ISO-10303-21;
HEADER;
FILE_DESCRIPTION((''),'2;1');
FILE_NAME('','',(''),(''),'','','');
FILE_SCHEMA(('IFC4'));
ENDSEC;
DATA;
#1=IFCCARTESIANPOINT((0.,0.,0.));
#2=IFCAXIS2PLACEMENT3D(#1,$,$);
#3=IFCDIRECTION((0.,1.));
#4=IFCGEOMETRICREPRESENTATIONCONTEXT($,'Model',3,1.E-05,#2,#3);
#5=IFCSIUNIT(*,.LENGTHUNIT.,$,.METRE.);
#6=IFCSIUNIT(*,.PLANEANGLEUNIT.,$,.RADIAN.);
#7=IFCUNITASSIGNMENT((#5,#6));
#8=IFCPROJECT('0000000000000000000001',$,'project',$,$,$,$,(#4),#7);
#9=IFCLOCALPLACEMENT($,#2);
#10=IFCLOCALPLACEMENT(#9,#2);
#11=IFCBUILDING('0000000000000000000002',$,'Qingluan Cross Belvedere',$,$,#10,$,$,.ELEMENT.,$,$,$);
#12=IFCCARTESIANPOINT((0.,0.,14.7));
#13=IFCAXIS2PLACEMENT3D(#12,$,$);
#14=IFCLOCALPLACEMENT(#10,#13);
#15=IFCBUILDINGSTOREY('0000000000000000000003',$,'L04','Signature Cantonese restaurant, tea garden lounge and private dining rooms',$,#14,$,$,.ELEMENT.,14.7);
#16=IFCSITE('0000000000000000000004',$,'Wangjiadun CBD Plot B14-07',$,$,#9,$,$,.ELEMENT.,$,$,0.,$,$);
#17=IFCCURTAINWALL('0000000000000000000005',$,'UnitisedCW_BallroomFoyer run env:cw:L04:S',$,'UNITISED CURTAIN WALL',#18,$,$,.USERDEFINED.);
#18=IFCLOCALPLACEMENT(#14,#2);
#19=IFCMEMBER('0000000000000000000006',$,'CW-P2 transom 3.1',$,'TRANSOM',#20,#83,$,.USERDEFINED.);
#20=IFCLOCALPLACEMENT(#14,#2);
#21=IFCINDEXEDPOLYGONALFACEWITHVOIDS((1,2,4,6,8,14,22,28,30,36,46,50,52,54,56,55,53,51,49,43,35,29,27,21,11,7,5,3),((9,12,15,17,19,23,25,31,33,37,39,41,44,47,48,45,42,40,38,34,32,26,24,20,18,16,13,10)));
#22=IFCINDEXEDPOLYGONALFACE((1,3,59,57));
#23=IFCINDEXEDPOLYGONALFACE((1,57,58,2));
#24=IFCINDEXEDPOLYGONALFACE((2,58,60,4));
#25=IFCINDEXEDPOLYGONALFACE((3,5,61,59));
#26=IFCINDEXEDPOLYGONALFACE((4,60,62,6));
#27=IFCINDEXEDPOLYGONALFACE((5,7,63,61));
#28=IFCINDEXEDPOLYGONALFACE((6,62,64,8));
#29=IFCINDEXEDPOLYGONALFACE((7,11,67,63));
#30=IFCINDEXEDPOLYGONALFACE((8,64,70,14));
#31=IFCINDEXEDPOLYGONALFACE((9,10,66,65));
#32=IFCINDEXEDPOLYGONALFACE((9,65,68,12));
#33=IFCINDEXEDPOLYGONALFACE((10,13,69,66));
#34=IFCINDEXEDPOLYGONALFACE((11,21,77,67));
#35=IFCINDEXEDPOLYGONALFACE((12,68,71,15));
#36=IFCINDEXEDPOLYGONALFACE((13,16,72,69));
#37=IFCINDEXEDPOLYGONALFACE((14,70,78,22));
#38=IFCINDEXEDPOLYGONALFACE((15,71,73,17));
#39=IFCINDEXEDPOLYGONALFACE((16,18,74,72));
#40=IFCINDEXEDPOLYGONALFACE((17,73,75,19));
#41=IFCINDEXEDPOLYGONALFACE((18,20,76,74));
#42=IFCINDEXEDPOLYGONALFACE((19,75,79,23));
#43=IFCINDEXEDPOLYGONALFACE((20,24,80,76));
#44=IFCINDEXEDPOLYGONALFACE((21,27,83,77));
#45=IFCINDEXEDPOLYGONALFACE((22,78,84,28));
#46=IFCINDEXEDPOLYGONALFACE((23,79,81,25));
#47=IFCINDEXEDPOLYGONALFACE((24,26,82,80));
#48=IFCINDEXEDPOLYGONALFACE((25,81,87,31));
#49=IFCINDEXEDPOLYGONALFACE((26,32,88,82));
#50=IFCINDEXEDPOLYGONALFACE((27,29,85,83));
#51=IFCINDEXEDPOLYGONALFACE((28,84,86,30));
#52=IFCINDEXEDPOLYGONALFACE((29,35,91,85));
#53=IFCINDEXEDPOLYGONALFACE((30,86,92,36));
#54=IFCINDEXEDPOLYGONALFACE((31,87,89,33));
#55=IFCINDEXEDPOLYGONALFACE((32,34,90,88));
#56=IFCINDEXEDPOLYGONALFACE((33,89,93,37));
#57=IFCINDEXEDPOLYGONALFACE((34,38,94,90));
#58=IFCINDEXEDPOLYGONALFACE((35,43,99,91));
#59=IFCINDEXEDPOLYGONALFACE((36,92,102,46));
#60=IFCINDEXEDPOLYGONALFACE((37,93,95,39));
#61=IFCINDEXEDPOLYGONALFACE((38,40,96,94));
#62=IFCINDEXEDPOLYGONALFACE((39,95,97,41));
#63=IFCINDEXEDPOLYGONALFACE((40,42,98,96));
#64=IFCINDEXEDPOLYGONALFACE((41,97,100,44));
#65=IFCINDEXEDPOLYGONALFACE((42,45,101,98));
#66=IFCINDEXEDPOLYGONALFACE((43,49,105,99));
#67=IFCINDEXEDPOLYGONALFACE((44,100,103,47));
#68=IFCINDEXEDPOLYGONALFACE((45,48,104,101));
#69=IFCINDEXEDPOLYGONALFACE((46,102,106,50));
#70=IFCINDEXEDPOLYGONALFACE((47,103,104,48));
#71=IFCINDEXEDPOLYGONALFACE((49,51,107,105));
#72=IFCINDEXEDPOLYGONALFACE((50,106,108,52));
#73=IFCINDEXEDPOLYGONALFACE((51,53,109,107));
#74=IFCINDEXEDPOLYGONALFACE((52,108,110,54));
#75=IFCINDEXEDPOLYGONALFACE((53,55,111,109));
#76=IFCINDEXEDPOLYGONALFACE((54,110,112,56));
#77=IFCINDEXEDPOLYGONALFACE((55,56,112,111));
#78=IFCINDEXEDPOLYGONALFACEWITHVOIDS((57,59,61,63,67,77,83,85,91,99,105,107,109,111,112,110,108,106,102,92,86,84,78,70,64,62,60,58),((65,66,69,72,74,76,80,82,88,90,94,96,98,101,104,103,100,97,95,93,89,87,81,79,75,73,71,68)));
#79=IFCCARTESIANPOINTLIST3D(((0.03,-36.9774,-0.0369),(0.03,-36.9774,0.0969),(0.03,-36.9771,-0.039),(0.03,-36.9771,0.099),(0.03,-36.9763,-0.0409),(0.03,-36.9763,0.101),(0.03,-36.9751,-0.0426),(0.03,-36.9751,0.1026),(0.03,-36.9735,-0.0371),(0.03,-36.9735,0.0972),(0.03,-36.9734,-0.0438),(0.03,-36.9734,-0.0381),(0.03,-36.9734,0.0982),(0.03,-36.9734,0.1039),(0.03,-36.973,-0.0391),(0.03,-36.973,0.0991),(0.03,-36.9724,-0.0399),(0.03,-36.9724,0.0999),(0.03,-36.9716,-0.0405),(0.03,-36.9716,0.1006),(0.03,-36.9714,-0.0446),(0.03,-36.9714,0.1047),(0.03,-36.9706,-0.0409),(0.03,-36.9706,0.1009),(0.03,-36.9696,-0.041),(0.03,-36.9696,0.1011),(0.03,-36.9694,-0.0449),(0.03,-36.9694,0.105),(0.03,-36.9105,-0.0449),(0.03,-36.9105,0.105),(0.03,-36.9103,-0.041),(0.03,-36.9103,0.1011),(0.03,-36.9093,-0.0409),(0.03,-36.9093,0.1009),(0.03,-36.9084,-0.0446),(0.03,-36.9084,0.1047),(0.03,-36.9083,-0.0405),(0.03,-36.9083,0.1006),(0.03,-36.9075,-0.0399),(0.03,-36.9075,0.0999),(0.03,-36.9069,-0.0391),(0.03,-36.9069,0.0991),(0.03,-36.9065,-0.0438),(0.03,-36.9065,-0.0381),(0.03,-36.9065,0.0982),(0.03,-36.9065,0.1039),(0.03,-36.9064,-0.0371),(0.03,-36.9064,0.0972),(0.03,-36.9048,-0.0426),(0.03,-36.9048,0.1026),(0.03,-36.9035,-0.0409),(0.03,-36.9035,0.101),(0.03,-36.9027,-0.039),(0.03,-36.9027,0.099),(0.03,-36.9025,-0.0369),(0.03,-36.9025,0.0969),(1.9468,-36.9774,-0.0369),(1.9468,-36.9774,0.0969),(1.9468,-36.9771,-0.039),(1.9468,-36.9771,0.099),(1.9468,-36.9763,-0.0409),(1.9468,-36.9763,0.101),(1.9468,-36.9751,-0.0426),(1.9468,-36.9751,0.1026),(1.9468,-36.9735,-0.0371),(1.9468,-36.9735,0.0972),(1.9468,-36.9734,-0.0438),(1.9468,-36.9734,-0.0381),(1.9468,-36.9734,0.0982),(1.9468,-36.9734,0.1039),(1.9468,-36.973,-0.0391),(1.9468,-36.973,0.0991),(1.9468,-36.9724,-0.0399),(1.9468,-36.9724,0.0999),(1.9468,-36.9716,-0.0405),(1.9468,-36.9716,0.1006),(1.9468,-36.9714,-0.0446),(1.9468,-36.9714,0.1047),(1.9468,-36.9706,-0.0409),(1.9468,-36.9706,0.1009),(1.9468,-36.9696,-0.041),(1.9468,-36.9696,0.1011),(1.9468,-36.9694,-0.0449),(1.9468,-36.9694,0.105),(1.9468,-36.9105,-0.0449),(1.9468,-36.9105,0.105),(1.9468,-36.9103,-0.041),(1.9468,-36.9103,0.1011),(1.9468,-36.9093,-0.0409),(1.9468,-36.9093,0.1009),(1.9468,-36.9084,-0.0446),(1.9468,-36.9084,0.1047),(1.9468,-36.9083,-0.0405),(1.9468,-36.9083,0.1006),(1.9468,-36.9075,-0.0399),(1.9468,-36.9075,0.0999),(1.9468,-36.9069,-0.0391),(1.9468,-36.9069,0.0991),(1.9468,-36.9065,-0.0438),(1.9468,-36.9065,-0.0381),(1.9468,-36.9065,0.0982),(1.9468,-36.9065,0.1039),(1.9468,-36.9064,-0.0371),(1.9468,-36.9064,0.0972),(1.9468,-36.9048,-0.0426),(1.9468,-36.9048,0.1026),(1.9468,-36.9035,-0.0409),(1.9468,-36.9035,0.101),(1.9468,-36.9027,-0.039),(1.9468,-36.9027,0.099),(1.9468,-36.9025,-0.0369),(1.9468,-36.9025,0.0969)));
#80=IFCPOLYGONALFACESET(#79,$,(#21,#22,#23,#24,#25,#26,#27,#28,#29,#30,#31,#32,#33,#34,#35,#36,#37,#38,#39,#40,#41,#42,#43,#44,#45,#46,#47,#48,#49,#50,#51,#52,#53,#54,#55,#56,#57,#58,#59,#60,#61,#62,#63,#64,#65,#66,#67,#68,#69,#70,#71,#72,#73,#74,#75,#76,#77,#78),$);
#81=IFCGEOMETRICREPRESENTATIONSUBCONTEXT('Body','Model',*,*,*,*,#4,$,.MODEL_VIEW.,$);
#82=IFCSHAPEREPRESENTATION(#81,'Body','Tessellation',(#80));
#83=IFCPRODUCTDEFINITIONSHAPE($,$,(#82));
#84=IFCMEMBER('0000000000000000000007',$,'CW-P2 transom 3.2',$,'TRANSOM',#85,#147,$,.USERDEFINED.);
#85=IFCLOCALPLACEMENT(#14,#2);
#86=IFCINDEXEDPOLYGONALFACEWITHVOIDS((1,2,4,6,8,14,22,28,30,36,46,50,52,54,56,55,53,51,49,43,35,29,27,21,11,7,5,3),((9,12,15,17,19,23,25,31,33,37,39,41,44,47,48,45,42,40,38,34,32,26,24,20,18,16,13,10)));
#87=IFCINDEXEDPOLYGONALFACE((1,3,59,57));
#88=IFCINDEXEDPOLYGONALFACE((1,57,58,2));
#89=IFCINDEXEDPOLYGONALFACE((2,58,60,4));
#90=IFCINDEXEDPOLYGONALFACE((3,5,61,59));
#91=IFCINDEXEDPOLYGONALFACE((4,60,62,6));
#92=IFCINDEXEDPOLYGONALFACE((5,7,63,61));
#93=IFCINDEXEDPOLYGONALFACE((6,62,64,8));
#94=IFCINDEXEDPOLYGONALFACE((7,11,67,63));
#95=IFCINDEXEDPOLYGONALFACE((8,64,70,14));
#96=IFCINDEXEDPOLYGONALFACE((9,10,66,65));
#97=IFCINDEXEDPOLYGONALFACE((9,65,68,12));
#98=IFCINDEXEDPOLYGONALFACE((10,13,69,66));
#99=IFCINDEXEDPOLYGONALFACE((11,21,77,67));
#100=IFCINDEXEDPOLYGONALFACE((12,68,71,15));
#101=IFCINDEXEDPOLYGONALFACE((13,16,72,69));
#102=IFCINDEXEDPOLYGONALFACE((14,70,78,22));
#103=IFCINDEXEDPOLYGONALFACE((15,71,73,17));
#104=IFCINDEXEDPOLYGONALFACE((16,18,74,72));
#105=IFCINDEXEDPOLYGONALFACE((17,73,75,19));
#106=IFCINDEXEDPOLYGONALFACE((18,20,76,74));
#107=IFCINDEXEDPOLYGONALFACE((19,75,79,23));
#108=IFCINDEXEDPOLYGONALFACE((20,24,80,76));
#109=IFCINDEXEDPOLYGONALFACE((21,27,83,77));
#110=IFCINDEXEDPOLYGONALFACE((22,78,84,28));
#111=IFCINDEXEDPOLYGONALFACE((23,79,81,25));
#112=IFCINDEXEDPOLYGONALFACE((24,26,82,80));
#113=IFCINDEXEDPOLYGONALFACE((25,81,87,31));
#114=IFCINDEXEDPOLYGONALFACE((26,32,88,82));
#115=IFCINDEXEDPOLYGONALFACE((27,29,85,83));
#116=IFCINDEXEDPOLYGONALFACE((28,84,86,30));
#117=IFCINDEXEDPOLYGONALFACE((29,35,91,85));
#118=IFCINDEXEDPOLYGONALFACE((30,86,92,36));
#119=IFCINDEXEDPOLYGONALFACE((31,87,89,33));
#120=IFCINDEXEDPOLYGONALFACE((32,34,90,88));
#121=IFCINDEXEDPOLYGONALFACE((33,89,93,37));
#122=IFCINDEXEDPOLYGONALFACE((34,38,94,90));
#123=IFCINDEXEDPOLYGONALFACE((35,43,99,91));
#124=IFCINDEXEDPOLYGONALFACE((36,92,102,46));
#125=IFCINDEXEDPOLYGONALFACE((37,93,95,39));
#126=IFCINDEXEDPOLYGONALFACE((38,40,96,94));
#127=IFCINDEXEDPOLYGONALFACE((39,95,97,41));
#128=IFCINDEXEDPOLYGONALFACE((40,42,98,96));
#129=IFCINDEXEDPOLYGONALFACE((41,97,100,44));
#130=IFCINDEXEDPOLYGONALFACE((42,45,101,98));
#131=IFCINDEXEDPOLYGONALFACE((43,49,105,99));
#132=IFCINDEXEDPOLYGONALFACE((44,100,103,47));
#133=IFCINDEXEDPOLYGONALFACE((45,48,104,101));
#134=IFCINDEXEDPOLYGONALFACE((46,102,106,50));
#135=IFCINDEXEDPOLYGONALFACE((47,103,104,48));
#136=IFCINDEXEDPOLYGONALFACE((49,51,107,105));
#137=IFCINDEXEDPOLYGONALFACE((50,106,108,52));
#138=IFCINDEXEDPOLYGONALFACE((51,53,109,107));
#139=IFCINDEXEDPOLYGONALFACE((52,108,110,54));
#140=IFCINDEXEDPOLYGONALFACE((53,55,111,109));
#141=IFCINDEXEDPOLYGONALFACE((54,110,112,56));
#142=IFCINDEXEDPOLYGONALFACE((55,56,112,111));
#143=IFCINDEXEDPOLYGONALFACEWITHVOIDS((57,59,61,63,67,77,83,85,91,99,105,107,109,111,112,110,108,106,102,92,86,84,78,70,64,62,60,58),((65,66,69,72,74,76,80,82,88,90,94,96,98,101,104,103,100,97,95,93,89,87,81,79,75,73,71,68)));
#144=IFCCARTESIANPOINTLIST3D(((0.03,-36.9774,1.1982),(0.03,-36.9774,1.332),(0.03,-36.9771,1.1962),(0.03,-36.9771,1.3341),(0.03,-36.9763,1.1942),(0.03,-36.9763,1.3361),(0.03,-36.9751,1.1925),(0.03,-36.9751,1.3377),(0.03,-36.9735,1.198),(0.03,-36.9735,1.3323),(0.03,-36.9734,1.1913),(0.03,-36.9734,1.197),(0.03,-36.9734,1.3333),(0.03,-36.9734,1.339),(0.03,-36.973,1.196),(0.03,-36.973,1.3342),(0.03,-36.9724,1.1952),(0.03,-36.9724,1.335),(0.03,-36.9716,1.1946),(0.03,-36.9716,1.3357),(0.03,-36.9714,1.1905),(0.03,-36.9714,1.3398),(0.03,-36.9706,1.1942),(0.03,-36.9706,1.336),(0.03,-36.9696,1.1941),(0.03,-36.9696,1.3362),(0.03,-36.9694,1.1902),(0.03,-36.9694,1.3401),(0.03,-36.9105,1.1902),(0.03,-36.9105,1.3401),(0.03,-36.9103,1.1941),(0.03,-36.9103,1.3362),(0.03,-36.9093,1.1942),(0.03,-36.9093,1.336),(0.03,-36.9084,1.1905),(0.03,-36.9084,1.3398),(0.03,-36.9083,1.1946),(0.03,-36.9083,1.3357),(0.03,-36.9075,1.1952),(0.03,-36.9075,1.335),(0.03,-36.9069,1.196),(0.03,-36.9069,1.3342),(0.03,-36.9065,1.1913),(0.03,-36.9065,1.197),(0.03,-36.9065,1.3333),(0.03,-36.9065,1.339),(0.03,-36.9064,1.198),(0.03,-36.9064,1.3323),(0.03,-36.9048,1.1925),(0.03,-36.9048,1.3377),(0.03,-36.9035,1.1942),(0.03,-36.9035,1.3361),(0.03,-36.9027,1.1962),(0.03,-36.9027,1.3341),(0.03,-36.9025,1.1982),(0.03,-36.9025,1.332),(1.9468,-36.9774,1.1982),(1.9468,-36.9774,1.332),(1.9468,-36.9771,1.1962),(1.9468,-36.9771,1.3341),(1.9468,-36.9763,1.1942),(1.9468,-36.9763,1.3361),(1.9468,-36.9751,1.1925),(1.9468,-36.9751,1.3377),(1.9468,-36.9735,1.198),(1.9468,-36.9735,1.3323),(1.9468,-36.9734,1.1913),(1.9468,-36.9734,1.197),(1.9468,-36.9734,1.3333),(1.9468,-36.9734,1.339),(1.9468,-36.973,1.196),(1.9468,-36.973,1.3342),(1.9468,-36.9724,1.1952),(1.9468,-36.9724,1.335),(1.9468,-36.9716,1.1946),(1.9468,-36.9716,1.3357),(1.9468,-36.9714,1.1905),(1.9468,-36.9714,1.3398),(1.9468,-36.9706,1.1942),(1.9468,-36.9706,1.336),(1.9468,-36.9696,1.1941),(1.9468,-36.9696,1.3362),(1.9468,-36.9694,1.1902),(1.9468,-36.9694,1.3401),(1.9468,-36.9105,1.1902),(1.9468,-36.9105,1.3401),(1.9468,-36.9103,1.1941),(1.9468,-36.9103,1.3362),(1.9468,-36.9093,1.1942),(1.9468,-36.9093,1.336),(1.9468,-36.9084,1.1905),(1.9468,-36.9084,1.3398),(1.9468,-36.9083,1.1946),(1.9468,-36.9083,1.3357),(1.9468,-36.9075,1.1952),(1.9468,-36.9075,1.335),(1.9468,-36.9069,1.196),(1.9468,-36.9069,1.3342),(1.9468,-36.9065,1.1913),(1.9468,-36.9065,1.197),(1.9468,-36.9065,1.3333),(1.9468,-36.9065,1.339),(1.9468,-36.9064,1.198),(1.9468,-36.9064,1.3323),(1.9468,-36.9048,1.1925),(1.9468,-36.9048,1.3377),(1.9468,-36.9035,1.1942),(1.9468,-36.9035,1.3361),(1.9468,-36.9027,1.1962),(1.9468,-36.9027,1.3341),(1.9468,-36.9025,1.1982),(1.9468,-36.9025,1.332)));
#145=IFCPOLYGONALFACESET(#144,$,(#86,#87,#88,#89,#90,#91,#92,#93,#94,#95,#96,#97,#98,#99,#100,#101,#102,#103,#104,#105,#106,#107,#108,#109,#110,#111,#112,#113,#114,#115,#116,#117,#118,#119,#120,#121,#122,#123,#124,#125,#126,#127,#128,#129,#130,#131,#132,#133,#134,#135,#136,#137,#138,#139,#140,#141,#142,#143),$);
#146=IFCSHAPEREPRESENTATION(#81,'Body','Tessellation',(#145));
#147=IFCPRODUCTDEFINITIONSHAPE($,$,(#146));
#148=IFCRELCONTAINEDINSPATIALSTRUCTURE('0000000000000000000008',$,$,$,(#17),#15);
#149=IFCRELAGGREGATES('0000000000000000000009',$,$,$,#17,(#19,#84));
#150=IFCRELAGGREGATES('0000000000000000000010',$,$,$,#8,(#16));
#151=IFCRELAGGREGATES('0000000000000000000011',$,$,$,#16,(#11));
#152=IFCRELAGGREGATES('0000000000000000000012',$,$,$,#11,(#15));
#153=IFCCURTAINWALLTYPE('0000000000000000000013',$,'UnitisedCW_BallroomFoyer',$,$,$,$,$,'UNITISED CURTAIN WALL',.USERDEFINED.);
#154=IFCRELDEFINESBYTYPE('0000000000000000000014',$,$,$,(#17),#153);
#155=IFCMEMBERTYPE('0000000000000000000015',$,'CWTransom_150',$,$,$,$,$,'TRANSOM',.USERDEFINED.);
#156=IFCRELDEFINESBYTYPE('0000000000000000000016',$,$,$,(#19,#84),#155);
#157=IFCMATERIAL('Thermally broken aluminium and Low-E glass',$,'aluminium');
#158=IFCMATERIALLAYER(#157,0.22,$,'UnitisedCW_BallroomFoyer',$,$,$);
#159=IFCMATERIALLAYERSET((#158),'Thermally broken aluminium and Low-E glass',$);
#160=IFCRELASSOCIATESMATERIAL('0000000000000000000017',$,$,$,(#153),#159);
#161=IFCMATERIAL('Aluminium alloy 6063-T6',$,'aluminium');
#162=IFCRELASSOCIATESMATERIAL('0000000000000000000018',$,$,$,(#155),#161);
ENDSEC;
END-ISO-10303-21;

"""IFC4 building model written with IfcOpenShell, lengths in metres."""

from ifc_helpers import new_model, si_unit, direction, frame, origin, origin_2d, place, context, subcontext, project, spatial, hollow_rectangle, extrude, material, layer, layer_set, material_profile, profile_set, type_object, element, aggregate, save


model = new_model("IFC4")

# Units and contexts
model_context = context("Model", 3, precision=1e-05, world=origin(), true_north=direction((0.0, 1.0)))
body_context = subcontext(model_context, "Body", "Model", "MODEL_VIEW")
ifc_project = project(units=[si_unit("LENGTHUNIT", "METRE"), si_unit("PLANEANGLEUNIT", "RADIAN")], contexts=[model_context])

# Site, building, storey
site_placement = place(None, origin())
site = spatial("IfcSite", under=ifc_project, at=site_placement, Name="Wangjiadun CBD Plot B14-07", CompositionType="ELEMENT", RefElevation=0.0)
building_placement = place(site_placement, origin())
building = spatial("IfcBuilding", under=site, at=building_placement, Name="Qingluan Cross Belvedere", CompositionType="ELEMENT")
storey_placement = place(building_placement, frame((0.0, 0.0, 14.7)))
storey = spatial("IfcBuildingStorey", under=building, at=storey_placement, Name="L04", Description="Signature Cantonese restaurant, tea garden lounge and private dining rooms", CompositionType="ELEMENT", Elevation=14.7)

# Curtain wall, members
ifc_material_1 = material(Name="Thermally broken aluminium and Low-E glass", Category="aluminium")
ifc_layer_1 = layer(ifc_material_1, 0.22, Name="UnitisedCW_BallroomFoyer")
ifc_layer_set_1 = layer_set([ifc_layer_1], Name="Thermally broken aluminium and Low-E glass")
curtain_wall_type = type_object("IfcCurtainWallType", Name="UnitisedCW_BallroomFoyer", ElementType="UNITISED CURTAIN WALL", PredefinedType="USERDEFINED", material=ifc_layer_set_1)
curtain_wall_placement = place(storey_placement, origin())
curtain_wall = element("IfcCurtainWall", 1, at=curtain_wall_placement, inside=storey, type_object=curtain_wall_type, Name="UnitisedCW_BallroomFoyer run env:cw:L04:S", ObjectType="UNITISED CURTAIN WALL", PredefinedType="USERDEFINED")
ifc_material_2 = material(Name="Aluminium alloy 6063-T6", Category="aluminium")
ifc_material_profile_1 = material_profile(ifc_material_2, hollow_rectangle(XDim=0.075, YDim=0.1499, WallThickness=0.0039, InnerFilletRadius=0.0039, OuterFilletRadius=0.0081, at=origin_2d()), Name="CWT150x75x4")
ifc_profile_set_1 = profile_set([ifc_material_profile_1], Name="Aluminium alloy 6063-T6")
member_type_1 = type_object("IfcMemberType", Name="CWTransom_150", ElementType="TRANSOM", PredefinedType="USERDEFINED", material=ifc_profile_set_1)
member_1_placement = place(storey_placement, frame((1.9468, -36.9399, 0.03), z_axis=(-1.0, 0.0, 0.0), x_axis=(0.0, -1.0, 0.0)))
member_1 = element("IfcMember", 2, at=member_1_placement, type_object=member_type_1, Name="CW-P2 transom 3.1", ObjectType="TRANSOM", PredefinedType="USERDEFINED", context=body_context, shape_type="SweptSolid", body=[
    extrude(hollow_rectangle(XDim=0.075, YDim=0.1499, WallThickness=0.0039, InnerFilletRadius=0.0039, OuterFilletRadius=0.0081, at=origin_2d()), origin(), (0.0, 0.0, 1.0), 1.9167),
])
member_2_placement = place(storey_placement, frame((1.9468, -36.9399, 1.2651), z_axis=(-1.0, 0.0, 0.0), x_axis=(0.0, -1.0, 0.0)))
member_2 = element("IfcMember", 3, at=member_2_placement, type_object=member_type_1, Name="CW-P2 transom 3.2", ObjectType="TRANSOM", PredefinedType="USERDEFINED", context=body_context, shape_type="SweptSolid", body=[
    extrude(hollow_rectangle(XDim=0.075, YDim=0.1499, WallThickness=0.0039, InnerFilletRadius=0.0039, OuterFilletRadius=0.0081, at=origin_2d()), origin(), (0.0, 0.0, 1.0), 1.9167),
])
aggregate(curtain_wall, [member_1, member_2])

save(model, "model.ifc")
